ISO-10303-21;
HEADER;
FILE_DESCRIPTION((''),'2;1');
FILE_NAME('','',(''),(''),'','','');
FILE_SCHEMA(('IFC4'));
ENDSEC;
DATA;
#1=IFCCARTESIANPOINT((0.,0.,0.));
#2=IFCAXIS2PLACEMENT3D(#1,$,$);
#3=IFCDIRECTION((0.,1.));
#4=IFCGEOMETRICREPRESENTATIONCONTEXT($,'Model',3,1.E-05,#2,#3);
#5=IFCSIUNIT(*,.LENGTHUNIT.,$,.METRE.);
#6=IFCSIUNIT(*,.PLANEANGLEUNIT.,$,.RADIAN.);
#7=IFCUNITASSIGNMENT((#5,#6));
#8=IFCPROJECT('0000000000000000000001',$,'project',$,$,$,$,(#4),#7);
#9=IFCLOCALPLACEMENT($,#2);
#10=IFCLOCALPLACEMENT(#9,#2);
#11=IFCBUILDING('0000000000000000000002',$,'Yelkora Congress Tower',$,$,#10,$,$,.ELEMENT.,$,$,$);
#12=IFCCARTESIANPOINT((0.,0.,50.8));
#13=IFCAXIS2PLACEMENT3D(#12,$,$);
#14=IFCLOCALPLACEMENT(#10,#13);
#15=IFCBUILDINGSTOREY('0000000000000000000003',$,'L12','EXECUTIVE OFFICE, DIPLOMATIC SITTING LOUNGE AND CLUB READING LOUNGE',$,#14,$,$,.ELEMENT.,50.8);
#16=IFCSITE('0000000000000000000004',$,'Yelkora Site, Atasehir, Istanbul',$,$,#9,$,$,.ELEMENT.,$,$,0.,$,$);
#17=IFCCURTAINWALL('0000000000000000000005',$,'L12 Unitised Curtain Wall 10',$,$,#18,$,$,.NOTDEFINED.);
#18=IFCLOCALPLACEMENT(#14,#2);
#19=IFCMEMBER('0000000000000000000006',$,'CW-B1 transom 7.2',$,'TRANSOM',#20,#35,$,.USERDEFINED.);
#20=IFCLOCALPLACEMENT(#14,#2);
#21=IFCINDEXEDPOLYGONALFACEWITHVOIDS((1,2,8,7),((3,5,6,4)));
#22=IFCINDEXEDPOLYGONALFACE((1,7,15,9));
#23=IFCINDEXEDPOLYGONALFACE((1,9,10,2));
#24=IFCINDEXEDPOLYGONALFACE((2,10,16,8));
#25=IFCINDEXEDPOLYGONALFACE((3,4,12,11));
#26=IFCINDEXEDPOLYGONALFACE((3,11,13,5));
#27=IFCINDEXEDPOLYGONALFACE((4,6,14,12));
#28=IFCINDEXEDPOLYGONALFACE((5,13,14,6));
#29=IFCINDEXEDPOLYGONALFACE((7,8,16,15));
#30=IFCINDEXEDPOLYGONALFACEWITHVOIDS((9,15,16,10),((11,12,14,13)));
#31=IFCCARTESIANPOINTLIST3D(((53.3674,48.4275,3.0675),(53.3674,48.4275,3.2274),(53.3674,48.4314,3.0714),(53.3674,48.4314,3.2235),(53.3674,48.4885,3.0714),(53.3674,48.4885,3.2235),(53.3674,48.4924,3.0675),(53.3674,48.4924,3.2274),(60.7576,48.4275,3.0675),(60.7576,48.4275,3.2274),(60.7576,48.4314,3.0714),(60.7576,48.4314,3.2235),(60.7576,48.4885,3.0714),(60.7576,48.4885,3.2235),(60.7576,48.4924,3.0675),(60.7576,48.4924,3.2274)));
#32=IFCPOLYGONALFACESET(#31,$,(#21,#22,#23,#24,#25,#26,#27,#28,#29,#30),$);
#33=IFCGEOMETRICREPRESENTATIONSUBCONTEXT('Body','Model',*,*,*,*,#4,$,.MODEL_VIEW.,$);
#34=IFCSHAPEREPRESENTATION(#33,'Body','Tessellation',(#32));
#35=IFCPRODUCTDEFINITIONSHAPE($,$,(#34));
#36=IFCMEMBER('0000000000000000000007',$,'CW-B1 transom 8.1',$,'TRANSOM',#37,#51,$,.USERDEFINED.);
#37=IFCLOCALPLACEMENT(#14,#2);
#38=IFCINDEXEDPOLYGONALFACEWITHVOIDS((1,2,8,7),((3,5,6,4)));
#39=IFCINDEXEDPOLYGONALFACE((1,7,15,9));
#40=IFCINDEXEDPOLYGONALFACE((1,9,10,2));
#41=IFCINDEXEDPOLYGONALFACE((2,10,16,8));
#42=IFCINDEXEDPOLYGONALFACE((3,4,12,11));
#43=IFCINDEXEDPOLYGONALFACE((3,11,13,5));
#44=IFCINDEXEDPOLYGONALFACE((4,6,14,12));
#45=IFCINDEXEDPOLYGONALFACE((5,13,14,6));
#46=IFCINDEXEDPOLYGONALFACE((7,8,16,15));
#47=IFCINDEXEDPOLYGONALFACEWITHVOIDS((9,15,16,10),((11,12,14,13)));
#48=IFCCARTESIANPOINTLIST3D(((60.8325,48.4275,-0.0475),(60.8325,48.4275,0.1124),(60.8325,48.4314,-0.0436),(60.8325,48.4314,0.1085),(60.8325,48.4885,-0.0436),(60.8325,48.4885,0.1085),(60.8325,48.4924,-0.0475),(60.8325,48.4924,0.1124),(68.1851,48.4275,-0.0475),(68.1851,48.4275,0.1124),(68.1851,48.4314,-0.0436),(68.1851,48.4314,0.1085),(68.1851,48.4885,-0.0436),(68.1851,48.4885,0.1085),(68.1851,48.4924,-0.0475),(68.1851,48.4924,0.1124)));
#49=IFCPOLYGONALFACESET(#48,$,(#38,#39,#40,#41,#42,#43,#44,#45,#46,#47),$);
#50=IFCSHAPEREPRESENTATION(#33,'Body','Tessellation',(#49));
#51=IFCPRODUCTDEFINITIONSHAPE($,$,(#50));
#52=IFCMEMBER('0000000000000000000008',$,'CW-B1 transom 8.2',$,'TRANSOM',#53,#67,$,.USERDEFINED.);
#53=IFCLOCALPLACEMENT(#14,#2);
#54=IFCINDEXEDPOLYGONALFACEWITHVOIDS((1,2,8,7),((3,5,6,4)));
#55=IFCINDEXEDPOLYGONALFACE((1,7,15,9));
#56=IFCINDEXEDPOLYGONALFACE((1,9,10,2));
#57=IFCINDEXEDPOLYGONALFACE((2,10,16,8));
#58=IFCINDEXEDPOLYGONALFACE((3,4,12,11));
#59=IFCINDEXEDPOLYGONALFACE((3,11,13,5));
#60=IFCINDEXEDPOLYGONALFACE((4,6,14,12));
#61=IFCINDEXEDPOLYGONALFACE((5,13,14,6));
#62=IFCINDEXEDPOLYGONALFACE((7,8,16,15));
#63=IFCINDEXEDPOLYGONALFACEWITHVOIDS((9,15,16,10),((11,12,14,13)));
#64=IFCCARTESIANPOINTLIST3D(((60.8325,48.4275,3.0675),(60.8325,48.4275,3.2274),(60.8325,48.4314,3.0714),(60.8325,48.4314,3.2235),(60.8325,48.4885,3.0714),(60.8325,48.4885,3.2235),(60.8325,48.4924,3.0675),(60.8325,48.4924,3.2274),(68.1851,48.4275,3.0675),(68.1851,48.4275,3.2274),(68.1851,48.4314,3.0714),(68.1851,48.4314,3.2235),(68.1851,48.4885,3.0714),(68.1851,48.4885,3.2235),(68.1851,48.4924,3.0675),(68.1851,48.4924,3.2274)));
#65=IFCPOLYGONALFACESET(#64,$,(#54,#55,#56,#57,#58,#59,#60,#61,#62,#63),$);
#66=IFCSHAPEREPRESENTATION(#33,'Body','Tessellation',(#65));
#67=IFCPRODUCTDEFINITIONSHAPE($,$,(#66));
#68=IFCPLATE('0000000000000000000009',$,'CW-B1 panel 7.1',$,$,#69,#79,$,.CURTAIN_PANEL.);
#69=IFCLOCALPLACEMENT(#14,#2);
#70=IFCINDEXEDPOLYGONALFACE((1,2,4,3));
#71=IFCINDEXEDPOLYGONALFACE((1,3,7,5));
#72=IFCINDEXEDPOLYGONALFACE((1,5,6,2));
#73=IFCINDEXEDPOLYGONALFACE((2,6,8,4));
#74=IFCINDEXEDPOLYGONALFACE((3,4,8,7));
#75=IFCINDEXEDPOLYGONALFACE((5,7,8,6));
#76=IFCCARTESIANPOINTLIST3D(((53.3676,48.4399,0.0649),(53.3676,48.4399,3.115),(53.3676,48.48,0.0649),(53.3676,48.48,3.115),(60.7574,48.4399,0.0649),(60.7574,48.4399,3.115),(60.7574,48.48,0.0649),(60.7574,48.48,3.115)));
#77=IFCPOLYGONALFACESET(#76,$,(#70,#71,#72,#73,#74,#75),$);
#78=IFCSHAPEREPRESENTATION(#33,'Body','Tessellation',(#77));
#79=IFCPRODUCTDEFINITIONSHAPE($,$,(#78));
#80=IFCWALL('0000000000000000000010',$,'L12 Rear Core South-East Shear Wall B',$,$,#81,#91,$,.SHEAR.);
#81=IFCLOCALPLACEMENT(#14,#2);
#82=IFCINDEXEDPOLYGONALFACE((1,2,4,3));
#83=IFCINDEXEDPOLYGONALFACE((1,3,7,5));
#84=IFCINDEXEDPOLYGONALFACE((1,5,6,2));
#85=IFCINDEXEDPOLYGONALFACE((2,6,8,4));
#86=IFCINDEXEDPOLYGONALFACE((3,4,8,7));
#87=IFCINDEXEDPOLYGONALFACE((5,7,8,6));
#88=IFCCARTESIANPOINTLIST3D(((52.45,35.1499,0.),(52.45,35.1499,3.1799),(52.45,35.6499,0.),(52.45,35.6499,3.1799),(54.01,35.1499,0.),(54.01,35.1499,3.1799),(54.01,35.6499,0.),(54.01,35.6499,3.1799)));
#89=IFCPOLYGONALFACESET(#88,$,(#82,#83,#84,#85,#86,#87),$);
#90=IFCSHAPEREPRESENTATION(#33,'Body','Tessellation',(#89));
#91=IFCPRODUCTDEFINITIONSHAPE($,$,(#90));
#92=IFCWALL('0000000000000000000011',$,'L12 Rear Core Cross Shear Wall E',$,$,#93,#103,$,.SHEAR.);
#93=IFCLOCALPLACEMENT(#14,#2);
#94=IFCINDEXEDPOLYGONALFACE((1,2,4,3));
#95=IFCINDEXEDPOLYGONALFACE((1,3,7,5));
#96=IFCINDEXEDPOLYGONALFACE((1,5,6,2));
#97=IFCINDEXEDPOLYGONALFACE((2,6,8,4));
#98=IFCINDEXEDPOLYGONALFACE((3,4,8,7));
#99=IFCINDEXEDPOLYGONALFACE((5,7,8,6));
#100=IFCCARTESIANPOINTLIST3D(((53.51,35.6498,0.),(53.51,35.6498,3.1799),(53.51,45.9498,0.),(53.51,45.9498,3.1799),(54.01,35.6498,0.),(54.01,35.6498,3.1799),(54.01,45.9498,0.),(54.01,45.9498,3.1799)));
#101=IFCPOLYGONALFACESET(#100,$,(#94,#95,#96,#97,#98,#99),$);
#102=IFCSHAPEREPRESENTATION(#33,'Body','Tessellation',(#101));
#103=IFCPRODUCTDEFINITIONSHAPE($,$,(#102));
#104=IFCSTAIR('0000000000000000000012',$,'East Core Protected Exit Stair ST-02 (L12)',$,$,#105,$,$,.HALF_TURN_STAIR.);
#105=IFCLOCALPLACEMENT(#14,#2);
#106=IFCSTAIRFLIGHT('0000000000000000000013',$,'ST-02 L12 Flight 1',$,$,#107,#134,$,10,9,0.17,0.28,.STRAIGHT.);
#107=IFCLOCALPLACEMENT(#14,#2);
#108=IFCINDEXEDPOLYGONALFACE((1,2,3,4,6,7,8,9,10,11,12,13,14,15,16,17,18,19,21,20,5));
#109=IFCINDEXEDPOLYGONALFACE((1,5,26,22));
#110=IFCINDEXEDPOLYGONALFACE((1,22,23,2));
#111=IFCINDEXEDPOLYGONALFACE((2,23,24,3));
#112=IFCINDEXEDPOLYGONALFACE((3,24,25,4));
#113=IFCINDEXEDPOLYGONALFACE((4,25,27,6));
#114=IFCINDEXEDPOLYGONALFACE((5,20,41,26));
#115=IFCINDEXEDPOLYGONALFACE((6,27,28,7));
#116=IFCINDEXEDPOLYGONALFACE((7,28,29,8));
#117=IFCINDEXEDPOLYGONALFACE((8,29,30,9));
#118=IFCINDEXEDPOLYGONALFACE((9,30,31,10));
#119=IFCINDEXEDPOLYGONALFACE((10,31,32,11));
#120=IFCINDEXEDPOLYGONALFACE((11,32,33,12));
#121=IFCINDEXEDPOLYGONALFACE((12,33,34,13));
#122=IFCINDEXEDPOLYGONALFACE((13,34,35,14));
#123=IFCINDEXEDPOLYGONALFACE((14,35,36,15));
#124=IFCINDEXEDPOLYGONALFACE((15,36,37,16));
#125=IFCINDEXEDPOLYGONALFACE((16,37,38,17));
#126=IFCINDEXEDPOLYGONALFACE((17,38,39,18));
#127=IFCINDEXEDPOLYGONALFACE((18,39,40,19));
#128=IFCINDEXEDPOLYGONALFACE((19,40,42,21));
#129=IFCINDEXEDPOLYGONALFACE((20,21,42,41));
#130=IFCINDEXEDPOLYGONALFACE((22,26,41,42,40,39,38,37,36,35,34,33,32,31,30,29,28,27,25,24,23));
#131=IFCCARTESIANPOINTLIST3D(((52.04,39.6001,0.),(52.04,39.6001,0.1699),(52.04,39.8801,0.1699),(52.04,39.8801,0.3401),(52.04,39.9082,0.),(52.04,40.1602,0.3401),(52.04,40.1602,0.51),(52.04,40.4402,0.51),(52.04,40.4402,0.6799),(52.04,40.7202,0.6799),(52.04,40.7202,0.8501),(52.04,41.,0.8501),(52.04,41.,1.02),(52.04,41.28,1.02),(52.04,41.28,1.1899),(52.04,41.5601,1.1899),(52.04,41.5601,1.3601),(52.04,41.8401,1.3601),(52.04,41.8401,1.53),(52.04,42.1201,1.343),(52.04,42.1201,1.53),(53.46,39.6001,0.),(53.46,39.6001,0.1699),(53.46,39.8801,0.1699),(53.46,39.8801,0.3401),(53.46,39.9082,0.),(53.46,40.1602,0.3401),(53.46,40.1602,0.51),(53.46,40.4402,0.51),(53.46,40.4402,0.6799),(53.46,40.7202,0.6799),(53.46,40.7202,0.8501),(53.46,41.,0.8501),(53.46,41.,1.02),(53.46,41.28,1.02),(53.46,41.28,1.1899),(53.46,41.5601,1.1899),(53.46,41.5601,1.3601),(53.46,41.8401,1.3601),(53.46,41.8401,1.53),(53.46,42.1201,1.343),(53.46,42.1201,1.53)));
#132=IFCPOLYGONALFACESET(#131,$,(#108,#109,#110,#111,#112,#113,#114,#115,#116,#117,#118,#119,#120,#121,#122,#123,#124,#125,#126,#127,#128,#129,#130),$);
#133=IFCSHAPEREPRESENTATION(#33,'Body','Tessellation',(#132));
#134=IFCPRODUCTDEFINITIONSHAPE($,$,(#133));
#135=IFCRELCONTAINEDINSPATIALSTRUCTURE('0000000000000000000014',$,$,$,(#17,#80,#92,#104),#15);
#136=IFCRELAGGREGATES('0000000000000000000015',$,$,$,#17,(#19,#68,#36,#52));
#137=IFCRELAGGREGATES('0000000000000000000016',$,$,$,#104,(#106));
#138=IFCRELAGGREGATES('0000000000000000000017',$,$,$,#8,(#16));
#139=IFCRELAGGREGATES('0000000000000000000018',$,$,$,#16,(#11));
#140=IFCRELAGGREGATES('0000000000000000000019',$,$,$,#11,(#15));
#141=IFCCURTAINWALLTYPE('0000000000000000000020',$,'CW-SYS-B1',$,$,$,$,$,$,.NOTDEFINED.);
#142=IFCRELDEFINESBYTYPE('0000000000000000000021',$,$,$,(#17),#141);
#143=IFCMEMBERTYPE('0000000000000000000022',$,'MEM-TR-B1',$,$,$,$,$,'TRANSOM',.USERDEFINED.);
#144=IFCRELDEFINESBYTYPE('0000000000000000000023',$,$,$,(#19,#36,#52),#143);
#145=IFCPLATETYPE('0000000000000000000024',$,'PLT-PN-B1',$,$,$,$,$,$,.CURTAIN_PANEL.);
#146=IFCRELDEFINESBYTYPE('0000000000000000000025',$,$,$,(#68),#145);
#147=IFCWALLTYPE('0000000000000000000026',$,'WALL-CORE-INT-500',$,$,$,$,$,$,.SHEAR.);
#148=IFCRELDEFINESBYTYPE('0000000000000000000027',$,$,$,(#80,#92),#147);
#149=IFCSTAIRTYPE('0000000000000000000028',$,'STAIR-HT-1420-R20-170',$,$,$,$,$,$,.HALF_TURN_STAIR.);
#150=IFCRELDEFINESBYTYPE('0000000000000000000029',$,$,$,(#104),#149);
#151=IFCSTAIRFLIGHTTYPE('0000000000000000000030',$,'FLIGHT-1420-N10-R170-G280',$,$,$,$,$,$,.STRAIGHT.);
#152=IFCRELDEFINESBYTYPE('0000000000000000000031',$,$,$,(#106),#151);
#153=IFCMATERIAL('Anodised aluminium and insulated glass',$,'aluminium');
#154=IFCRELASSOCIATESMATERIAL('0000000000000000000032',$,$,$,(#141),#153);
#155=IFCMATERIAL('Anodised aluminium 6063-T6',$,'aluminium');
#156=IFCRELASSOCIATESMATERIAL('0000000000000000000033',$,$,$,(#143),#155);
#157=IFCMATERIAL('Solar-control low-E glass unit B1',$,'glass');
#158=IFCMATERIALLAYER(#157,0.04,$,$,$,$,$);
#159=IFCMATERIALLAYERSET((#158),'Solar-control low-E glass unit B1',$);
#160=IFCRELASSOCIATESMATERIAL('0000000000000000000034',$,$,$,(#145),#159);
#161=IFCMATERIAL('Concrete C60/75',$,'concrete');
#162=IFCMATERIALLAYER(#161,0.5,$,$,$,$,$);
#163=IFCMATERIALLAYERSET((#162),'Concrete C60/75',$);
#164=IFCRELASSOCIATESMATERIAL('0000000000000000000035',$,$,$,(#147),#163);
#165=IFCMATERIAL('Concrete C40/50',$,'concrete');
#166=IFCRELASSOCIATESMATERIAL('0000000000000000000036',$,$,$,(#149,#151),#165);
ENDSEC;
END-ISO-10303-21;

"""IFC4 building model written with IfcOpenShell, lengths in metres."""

from ifc_helpers import new_model, si_unit, direction, frame, frame_2d, origin, origin_2d, place, context, subcontext, project, spatial, polyline, rectangle, hollow_rectangle, outline, extrude, material, layer, layer_set, material_profile, profile_set, type_object, element, aggregate, save


model = new_model("IFC4")

# Units and contexts
model_context = context("Model", 3, precision=1e-05, world=origin(), true_north=direction((0.0, 1.0)))
body_context = subcontext(model_context, "Body", "Model", "MODEL_VIEW")
ifc_project = project(units=[si_unit("LENGTHUNIT", "METRE"), si_unit("PLANEANGLEUNIT", "RADIAN")], contexts=[model_context])

# Site, building, storey
site_placement = place(None, origin())
site = spatial("IfcSite", under=ifc_project, at=site_placement, Name="Yelkora Site, Atasehir, Istanbul", CompositionType="ELEMENT", RefElevation=0.0)
building_placement = place(site_placement, origin())
building = spatial("IfcBuilding", under=site, at=building_placement, Name="Yelkora Congress Tower", CompositionType="ELEMENT")
storey_placement = place(building_placement, frame((0.0, 0.0, 50.8)))
storey = spatial("IfcBuildingStorey", under=building, at=storey_placement, Name="L12", Description="EXECUTIVE OFFICE, DIPLOMATIC SITTING LOUNGE AND CLUB READING LOUNGE", CompositionType="ELEMENT", Elevation=50.8)

# Shared definitions
ifc_material_1 = material(Name="Concrete C60/75", Category="concrete")

# Curtain wall, members, plate
ifc_material_2 = material(Name="Anodised aluminium and insulated glass", Category="aluminium")
curtain_wall_type = type_object("IfcCurtainWallType", Name="CW-SYS-B1", PredefinedType="NOTDEFINED", material=ifc_material_2)
curtain_wall_placement = place(storey_placement, origin())
curtain_wall = element("IfcCurtainWall", 1, at=curtain_wall_placement, inside=storey, type_object=curtain_wall_type, Name="L12 Unitised Curtain Wall 10", PredefinedType="NOTDEFINED")
ifc_material_3 = material(Name="Anodised aluminium 6063-T6", Category="aluminium")
ifc_material_profile_1 = material_profile(ifc_material_3, hollow_rectangle(XDim=0.0649, YDim=0.1599, WallThickness=0.0039, at=origin_2d()), Name="ALU 65x160x4")
ifc_profile_set_1 = profile_set([ifc_material_profile_1], Name="Anodised aluminium 6063-T6")
member_type_1 = type_object("IfcMemberType", Name="MEM-TR-B1", ElementType="TRANSOM", PredefinedType="USERDEFINED", material=ifc_profile_set_1)
member_1_placement = place(storey_placement, frame((53.3674, 48.46, 3.1475), z_axis=(1.0, 0.0, 0.0), x_axis=(0.0, 1.0, 0.0)))
member_1 = element("IfcMember", 2, at=member_1_placement, type_object=member_type_1, Name="CW-B1 transom 7.2", ObjectType="TRANSOM", PredefinedType="USERDEFINED", context=body_context, shape_type="SweptSolid", body=[
    extrude(hollow_rectangle(XDim=0.0649, YDim=0.1599, WallThickness=0.0039, at=origin_2d()), origin(), (0.0, 0.0, 1.0), 7.3901),
])
member_2_placement = place(storey_placement, frame((60.8325, 48.46, 0.0325), z_axis=(1.0, 0.0, 0.0), x_axis=(0.0, 1.0, 0.0)))
member_2 = element("IfcMember", 3, at=member_2_placement, type_object=member_type_1, Name="CW-B1 transom 8.1", ObjectType="TRANSOM", PredefinedType="USERDEFINED", context=body_context, shape_type="SweptSolid", body=[
    extrude(hollow_rectangle(XDim=0.0649, YDim=0.1599, WallThickness=0.0039, at=origin_2d()), origin(), (0.0, 0.0, 1.0), 7.3525),
])
member_3_placement = place(storey_placement, frame((60.8325, 48.46, 3.1475), z_axis=(1.0, 0.0, 0.0), x_axis=(0.0, 1.0, 0.0)))
member_3 = element("IfcMember", 4, at=member_3_placement, type_object=member_type_1, Name="CW-B1 transom 8.2", ObjectType="TRANSOM", PredefinedType="USERDEFINED", context=body_context, shape_type="SweptSolid", body=[
    extrude(hollow_rectangle(XDim=0.0649, YDim=0.1599, WallThickness=0.0039, at=origin_2d()), origin(), (0.0, 0.0, 1.0), 7.3525),
])
ifc_material_4 = material(Name="Solar-control low-E glass unit B1", Category="glass")
ifc_layer_1 = layer(ifc_material_4, 0.04)
ifc_layer_set_1 = layer_set([ifc_layer_1], Name="Solar-control low-E glass unit B1")
plate_type = type_object("IfcPlateType", Name="PLT-PN-B1", PredefinedType="CURTAIN_PANEL", material=ifc_layer_set_1)
plate_placement = place(storey_placement, frame((57.0625, 48.46, 0.0649), z_axis=(0.0, 0.0, 1.0), x_axis=(1.0, 0.0, 0.0)))
plate = element("IfcPlate", 5, at=plate_placement, type_object=plate_type, Name="CW-B1 panel 7.1", PredefinedType="CURTAIN_PANEL", context=body_context, shape_type="SweptSolid", body=[
    extrude(rectangle(XDim=7.3899, YDim=0.04, at=origin_2d()), origin(), (0.0, 0.0, 1.0), 3.05),
])
aggregate(curtain_wall, [member_1, plate, member_2, member_3])

# Walls
ifc_layer_2 = layer(ifc_material_1, 0.5)
ifc_layer_set_2 = layer_set([ifc_layer_2], Name="Concrete C60/75")
wall_type = type_object("IfcWallType", Name="WALL-CORE-INT-500", PredefinedType="SHEAR", material=ifc_layer_set_2)
wall_1_placement = place(storey_placement, frame((52.45, 35.3999, 0.0), z_axis=(0.0, 0.0, 1.0), x_axis=(1.0, 0.0, 0.0)))
element("IfcWall", 6, at=wall_1_placement, inside=storey, type_object=wall_type, Name="L12 Rear Core South-East Shear Wall B", PredefinedType="SHEAR", context=body_context, shape_type="SweptSolid", body=[
    extrude(rectangle(XDim=1.5601, YDim=0.5, at=frame_2d((0.78, 0.0))), origin(), (0.0, 0.0, 1.0), 3.1799),
])
wall_2_placement = place(storey_placement, frame((53.76, 35.6499, 0.0), z_axis=(0.0, 0.0, 1.0), x_axis=(0.0, 1.0, 0.0)))
element("IfcWall", 7, at=wall_2_placement, inside=storey, type_object=wall_type, Name="L12 Rear Core Cross Shear Wall E", PredefinedType="SHEAR", context=body_context, shape_type="SweptSolid", body=[
    extrude(rectangle(XDim=10.3, YDim=0.5, at=frame_2d((5.1499, 0.0))), origin(), (0.0, 0.0, 1.0), 3.1799),
])

# Stair, stair flight
ifc_material_5 = material(Name="Concrete C40/50", Category="concrete")
stair_type = type_object("IfcStairType", Name="STAIR-HT-1420-R20-170", PredefinedType="HALF_TURN_STAIR", material=ifc_material_5)
stair_placement = place(storey_placement, origin())
stair = element("IfcStair", 8, at=stair_placement, inside=storey, type_object=stair_type, Name="East Core Protected Exit Stair ST-02 (L12)", PredefinedType="HALF_TURN_STAIR")
stair_flight_type = type_object("IfcStairFlightType", Name="FLIGHT-1420-N10-R170-G280", PredefinedType="STRAIGHT", material=ifc_material_5)
stair_flight_placement = place(storey_placement, frame((52.75, 39.6001, 0.0), z_axis=(0.0, 0.0, 1.0), x_axis=(0.0, 1.0, 0.0)))
stair_flight = element("IfcStairFlight", 9, at=stair_flight_placement, type_object=stair_flight_type, Name="ST-02 L12 Flight 1", NumberOfRisers=10, NumberOfTreads=9, PredefinedType="STRAIGHT", RiserHeight=0.17, TreadLength=0.28, context=body_context, shape_type="SweptSolid", body=[
    extrude(outline(polyline([(0.0, 0.0), (0.0, 0.1699), (0.28, 0.1699), (0.28, 0.3401), (0.5601, 0.3401), (0.5601, 0.51), (0.8401, 0.51), (0.8401, 0.6799), (1.1201, 0.6799), (1.1201, 0.8501), (1.3999, 0.8501), (1.3999, 1.02), (1.6799, 1.02), (1.6799, 1.1899), (1.96, 1.1899), (1.96, 1.3601), (2.24, 1.3601), (2.24, 1.53), (2.52, 1.53), (2.52, 1.7), (2.52, 1.343), (0.3081, 0.0), (0.0, 0.0)])), frame((0.0, 0.71, 0.0), z_axis=(0.0, -1.0, 0.0), x_axis=(1.0, 0.0, 0.0)), (0.0, 0.0, 1.0), 1.4199),
])
aggregate(stair, [stair_flight])

save(model, "model.ifc")
